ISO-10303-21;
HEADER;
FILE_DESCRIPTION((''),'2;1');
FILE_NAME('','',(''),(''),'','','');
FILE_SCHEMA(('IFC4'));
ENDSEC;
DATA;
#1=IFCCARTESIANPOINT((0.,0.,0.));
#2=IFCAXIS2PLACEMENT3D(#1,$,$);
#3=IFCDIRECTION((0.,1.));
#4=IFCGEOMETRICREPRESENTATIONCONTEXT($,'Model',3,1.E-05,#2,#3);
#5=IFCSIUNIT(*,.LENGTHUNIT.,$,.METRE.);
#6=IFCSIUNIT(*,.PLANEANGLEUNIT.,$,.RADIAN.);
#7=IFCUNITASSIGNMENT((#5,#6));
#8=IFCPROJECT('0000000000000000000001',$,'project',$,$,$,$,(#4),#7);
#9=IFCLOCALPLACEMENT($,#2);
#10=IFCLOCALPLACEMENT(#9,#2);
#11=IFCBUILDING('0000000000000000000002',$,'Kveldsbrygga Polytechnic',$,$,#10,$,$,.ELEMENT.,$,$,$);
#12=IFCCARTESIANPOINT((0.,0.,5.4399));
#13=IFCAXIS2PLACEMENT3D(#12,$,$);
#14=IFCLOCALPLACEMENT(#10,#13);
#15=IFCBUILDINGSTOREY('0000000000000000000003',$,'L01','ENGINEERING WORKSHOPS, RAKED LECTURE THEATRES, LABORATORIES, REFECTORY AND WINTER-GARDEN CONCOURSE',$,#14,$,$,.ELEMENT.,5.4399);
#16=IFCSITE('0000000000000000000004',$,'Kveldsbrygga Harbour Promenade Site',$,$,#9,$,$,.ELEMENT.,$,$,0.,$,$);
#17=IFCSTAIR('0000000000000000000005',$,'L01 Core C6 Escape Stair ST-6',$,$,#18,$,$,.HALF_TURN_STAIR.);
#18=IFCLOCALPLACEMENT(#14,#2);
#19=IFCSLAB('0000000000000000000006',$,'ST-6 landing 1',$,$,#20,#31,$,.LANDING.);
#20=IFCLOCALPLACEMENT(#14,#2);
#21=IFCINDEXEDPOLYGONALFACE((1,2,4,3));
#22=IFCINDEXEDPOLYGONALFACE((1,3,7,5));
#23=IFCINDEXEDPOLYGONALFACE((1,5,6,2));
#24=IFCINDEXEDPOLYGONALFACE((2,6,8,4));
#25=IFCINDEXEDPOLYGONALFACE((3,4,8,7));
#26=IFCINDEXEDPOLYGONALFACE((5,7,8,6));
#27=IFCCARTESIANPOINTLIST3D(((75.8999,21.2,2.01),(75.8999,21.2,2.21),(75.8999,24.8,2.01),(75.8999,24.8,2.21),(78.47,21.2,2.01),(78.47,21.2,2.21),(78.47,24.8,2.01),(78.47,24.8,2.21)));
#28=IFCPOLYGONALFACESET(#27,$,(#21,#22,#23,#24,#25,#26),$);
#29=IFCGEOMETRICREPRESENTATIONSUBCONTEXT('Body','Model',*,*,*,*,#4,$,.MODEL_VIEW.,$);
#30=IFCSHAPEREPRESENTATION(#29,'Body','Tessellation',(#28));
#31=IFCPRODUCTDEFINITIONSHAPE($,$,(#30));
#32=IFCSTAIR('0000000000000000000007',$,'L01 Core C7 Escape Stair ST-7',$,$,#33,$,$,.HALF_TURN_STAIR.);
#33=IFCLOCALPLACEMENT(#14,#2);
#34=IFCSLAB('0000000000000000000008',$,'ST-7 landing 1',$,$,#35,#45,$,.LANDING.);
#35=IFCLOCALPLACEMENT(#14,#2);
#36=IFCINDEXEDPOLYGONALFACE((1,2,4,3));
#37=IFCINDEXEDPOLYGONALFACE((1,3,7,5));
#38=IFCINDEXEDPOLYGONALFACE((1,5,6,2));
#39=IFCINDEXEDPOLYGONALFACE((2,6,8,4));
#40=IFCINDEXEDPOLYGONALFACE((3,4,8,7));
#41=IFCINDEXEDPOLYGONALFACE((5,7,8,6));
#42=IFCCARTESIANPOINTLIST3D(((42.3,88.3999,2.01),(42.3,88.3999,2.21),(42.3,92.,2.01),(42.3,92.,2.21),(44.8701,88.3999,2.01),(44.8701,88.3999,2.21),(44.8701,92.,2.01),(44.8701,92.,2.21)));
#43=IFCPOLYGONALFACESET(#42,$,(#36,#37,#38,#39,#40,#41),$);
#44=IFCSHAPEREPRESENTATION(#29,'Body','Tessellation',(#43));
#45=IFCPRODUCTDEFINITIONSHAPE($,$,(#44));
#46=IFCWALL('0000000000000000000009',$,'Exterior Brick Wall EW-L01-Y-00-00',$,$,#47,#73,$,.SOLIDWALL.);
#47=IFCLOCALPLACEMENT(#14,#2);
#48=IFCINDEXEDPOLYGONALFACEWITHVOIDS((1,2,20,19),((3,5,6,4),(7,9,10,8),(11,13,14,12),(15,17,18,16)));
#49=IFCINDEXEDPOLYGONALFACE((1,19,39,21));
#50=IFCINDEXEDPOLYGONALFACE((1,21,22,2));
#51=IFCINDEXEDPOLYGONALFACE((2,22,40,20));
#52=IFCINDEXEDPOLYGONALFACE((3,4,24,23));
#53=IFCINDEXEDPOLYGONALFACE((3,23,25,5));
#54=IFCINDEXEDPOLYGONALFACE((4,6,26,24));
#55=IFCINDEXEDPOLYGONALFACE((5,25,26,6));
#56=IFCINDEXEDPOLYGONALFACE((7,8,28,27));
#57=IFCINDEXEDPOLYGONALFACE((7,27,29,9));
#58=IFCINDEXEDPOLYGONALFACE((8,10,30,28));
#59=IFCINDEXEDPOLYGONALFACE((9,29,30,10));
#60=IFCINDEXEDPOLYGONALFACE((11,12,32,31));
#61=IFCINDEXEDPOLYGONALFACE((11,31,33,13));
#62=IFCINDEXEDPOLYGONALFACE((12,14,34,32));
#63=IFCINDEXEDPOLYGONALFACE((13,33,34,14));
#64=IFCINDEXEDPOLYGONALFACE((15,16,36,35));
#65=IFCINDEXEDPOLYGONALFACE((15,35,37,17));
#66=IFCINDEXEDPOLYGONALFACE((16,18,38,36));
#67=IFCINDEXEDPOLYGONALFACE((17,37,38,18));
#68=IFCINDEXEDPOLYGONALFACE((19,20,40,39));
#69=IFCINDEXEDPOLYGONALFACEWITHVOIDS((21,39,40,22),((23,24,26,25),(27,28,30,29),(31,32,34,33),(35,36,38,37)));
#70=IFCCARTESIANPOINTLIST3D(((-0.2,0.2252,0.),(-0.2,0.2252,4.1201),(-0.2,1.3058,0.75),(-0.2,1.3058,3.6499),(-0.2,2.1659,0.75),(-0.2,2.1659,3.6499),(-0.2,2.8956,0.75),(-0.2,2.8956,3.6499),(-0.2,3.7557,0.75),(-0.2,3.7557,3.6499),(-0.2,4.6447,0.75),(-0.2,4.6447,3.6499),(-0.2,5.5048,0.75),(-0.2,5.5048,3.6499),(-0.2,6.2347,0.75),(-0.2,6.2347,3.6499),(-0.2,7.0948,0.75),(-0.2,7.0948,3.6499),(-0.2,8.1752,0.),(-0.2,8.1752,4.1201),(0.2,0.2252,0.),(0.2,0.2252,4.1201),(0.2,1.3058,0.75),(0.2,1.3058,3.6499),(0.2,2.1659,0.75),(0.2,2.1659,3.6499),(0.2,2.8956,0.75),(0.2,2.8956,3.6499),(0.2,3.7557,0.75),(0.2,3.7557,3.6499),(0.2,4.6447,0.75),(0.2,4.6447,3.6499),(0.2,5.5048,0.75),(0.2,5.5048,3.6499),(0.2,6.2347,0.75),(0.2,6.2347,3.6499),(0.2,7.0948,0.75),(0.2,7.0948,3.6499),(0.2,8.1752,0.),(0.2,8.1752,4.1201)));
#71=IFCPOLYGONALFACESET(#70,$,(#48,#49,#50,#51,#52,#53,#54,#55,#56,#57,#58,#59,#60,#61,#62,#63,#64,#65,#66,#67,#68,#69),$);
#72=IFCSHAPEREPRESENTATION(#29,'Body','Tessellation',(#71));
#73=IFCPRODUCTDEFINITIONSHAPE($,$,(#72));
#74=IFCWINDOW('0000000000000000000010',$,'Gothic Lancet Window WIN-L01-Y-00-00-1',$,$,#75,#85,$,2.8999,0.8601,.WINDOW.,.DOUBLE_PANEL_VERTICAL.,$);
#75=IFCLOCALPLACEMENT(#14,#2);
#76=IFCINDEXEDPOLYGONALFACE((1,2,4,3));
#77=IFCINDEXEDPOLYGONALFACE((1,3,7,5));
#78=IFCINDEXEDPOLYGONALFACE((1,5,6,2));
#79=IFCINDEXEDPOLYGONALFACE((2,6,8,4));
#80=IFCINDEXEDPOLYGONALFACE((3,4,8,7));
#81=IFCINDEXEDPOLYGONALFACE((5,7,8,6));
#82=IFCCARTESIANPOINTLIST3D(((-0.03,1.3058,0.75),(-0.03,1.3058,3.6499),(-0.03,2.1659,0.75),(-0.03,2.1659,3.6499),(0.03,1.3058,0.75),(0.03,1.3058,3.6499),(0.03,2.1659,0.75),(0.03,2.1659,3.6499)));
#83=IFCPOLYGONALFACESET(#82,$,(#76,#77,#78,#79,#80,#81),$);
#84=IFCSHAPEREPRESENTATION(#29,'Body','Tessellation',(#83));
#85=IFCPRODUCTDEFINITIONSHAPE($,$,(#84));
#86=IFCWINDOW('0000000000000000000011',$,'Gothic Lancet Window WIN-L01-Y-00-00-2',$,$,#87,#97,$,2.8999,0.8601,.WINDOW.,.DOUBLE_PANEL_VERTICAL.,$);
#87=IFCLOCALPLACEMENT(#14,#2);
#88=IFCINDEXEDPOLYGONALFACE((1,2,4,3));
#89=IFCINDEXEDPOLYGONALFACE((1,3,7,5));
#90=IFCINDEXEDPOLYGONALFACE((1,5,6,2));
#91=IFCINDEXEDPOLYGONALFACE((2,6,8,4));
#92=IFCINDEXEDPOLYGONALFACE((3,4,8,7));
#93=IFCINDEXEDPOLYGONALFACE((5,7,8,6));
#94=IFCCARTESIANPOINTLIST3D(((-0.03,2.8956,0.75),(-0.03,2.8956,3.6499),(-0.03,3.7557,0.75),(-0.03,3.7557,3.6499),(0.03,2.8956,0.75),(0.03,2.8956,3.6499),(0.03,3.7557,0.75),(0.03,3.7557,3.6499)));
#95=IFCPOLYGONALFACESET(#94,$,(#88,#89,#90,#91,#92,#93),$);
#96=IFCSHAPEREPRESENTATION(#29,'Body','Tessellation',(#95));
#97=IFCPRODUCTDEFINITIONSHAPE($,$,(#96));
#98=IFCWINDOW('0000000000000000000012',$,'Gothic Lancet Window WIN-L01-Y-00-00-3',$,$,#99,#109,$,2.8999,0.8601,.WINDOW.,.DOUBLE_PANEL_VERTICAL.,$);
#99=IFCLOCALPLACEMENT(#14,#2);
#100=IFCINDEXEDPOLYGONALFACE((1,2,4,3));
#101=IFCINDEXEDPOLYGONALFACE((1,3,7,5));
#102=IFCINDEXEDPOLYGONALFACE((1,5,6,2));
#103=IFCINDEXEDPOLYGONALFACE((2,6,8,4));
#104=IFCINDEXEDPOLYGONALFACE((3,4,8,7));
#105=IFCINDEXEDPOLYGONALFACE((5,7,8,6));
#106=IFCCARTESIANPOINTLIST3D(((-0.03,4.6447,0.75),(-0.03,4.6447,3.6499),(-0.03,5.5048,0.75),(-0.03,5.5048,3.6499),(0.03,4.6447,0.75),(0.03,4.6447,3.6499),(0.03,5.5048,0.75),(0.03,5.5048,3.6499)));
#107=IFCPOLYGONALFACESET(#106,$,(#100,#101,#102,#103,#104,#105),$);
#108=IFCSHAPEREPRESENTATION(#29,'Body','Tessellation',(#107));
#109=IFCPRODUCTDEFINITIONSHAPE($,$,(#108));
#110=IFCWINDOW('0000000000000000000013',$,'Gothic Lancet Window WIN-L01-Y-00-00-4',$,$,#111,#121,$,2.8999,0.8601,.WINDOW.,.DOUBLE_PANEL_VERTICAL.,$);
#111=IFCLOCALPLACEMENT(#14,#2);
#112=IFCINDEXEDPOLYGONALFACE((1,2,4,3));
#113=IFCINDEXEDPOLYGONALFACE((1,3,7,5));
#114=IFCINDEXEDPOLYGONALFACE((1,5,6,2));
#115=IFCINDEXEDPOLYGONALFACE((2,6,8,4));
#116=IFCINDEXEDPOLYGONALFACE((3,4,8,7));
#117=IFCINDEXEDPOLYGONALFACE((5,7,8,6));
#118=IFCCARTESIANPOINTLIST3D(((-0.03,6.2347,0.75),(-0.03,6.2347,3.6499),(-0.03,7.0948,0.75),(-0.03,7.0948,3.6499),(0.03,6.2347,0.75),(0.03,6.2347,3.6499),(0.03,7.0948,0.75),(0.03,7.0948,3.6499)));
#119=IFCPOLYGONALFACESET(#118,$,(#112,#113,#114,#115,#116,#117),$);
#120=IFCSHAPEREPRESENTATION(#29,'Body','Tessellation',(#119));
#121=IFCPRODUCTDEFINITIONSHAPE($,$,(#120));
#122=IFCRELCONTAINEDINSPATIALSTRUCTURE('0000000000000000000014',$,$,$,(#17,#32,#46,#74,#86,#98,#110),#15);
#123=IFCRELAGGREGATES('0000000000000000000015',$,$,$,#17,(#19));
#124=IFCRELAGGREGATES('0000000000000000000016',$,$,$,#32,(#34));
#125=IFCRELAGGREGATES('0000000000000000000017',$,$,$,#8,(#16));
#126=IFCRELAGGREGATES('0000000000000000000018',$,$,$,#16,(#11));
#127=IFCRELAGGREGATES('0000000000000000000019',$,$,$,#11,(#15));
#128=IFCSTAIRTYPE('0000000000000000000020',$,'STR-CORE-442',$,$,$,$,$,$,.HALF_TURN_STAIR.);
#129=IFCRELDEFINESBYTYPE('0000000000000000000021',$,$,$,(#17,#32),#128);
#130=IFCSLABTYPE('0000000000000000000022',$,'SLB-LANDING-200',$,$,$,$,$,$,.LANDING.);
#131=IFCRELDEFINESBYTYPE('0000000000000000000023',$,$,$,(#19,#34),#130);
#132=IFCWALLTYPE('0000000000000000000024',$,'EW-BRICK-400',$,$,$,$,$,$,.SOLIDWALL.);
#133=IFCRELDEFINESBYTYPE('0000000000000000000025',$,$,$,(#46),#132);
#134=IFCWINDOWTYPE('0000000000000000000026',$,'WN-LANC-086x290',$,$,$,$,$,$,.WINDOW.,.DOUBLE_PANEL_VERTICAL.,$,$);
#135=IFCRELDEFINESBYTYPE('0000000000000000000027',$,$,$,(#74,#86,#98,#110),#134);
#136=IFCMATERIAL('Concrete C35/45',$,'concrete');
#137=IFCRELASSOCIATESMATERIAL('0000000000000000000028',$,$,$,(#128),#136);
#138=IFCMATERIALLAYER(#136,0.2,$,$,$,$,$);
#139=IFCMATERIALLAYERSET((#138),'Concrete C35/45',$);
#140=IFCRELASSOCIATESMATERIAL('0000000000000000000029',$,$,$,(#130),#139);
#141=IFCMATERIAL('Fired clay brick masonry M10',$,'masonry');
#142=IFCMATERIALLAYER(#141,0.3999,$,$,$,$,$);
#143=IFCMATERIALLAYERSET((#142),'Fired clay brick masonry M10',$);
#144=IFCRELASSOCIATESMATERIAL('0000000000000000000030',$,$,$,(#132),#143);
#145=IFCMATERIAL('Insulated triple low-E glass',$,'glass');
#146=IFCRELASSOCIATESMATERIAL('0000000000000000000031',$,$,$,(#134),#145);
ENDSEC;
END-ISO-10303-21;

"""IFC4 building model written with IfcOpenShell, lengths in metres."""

from ifc_helpers import new_model, si_unit, direction, frame, frame_2d, origin, place, context, subcontext, project, spatial, polyline, rectangle, outline, extrude, material, layer, layer_set, type_object, element, fill, aggregate, save


model = new_model("IFC4")

# Units and contexts
model_context = context("Model", 3, precision=1e-05, world=origin(), true_north=direction((0.0, 1.0)))
body_context = subcontext(model_context, "Body", "Model", "MODEL_VIEW")
ifc_project = project(units=[si_unit("LENGTHUNIT", "METRE"), si_unit("PLANEANGLEUNIT", "RADIAN")], contexts=[model_context])

# Site, building, storey
site_placement = place(None, origin())
site = spatial("IfcSite", under=ifc_project, at=site_placement, Name="Kveldsbrygga Harbour Promenade Site", CompositionType="ELEMENT", RefElevation=0.0)
building_placement = place(site_placement, origin())
building = spatial("IfcBuilding", under=site, at=building_placement, Name="Kveldsbrygga Polytechnic", CompositionType="ELEMENT")
storey_placement = place(building_placement, frame((0.0, 0.0, 5.4399)))
storey = spatial("IfcBuildingStorey", under=building, at=storey_placement, Name="L01", Description="ENGINEERING WORKSHOPS, RAKED LECTURE THEATRES, LABORATORIES, REFECTORY AND WINTER-GARDEN CONCOURSE", CompositionType="ELEMENT", Elevation=5.4399)

# Stairs, slabs
ifc_material_1 = material(Name="Concrete C35/45", Category="concrete")
stair_type = type_object("IfcStairType", Name="STR-CORE-442", PredefinedType="HALF_TURN_STAIR", material=ifc_material_1)
ifc_layer_1 = layer(ifc_material_1, 0.2)
ifc_layer_set_1 = layer_set([ifc_layer_1], Name="Concrete C35/45")
slab_type = type_object("IfcSlabType", Name="SLB-LANDING-200", PredefinedType="LANDING", material=ifc_layer_set_1)
stair_1_placement = place(storey_placement, origin())
stair_1 = element("IfcStair", 1, at=stair_1_placement, inside=storey, type_object=stair_type, Name="L01 Core C6 Escape Stair ST-6", PredefinedType="HALF_TURN_STAIR")
slab_1_placement = place(storey_placement, frame((0.0, 0.0, 2.01)))
slab_1 = element("IfcSlab", 2, at=slab_1_placement, type_object=slab_type, Name="ST-6 landing 1", PredefinedType="LANDING", context=body_context, shape_type="SweptSolid", body=[
    extrude(outline(polyline([(78.47, 24.8), (75.8999, 24.8), (75.8999, 21.2), (78.47, 21.2), (78.47, 24.8)])), origin(), (0.0, 0.0, 1.0), 0.2),
])
aggregate(stair_1, [slab_1])
stair_2_placement = place(storey_placement, origin())
stair_2 = element("IfcStair", 3, at=stair_2_placement, inside=storey, type_object=stair_type, Name="L01 Core C7 Escape Stair ST-7", PredefinedType="HALF_TURN_STAIR")
slab_2_placement = place(storey_placement, frame((0.0, 0.0, 2.01)))
slab_2 = element("IfcSlab", 4, at=slab_2_placement, type_object=slab_type, Name="ST-7 landing 1", PredefinedType="LANDING", context=body_context, shape_type="SweptSolid", body=[
    extrude(outline(polyline([(44.8701, 92.0), (42.3, 92.0), (42.3, 88.3999), (44.8701, 88.3999), (44.8701, 92.0)])), origin(), (0.0, 0.0, 1.0), 0.2),
])
aggregate(stair_2, [slab_2])

# Wall, openings, windows
ifc_material_2 = material(Name="Fired clay brick masonry M10", Category="masonry")
ifc_layer_2 = layer(ifc_material_2, 0.3999)
ifc_layer_set_2 = layer_set([ifc_layer_2], Name="Fired clay brick masonry M10")
wall_type = type_object("IfcWallType", Name="EW-BRICK-400", PredefinedType="SOLIDWALL", material=ifc_layer_set_2)
wall_placement = place(storey_placement, frame((0.0, 0.2251, 0.0), z_axis=(0.0, 0.0, 1.0), x_axis=(0.0, 1.0, 0.0)))
wall = element("IfcWall", 5, at=wall_placement, inside=storey, type_object=wall_type, Name="Exterior Brick Wall EW-L01-Y-00-00", PredefinedType="SOLIDWALL", context=body_context, shape_type="SweptSolid", body=[
    extrude(rectangle(XDim=7.95, YDim=0.3999, at=frame_2d((3.9751, 0.0))), origin(), (0.0, 0.0, 1.0), 4.1201),
])
opening_1_placement = place(wall_placement, frame((1.0806, 0.0, 0.75)))
opening_1 = element("IfcOpeningElement", 6, at=opening_1_placement, cuts=wall, PredefinedType="OPENING", context=body_context, shape_type="SweptSolid", body=[
    extrude(rectangle(XDim=0.8601, YDim=2.8999, at=frame_2d((0.4302, 1.45))), frame((0.0, 0.21, 0.0), z_axis=(0.0, -1.0, 0.0), x_axis=(1.0, 0.0, 0.0)), (0.0, 0.0, 1.0), 0.4199),
])
opening_2_placement = place(wall_placement, frame((2.6704, 0.0, 0.75)))
opening_2 = element("IfcOpeningElement", 7, at=opening_2_placement, cuts=wall, PredefinedType="OPENING", context=body_context, shape_type="SweptSolid", body=[
    extrude(rectangle(XDim=0.8601, YDim=2.8999, at=frame_2d((0.4302, 1.45))), frame((0.0, 0.21, 0.0), z_axis=(0.0, -1.0, 0.0), x_axis=(1.0, 0.0, 0.0)), (0.0, 0.0, 1.0), 0.4199),
])
opening_3_placement = place(wall_placement, frame((4.4194, 0.0, 0.75)))
opening_3 = element("IfcOpeningElement", 8, at=opening_3_placement, cuts=wall, PredefinedType="OPENING", context=body_context, shape_type="SweptSolid", body=[
    extrude(rectangle(XDim=0.8601, YDim=2.8999, at=frame_2d((0.4302, 1.45))), frame((0.0, 0.21, 0.0), z_axis=(0.0, -1.0, 0.0), x_axis=(1.0, 0.0, 0.0)), (0.0, 0.0, 1.0), 0.4199),
])
opening_4_placement = place(wall_placement, frame((6.0095, 0.0, 0.75)))
opening_4 = element("IfcOpeningElement", 9, at=opening_4_placement, cuts=wall, PredefinedType="OPENING", context=body_context, shape_type="SweptSolid", body=[
    extrude(rectangle(XDim=0.8601, YDim=2.8999, at=frame_2d((0.4302, 1.45))), frame((0.0, 0.21, 0.0), z_axis=(0.0, -1.0, 0.0), x_axis=(1.0, 0.0, 0.0)), (0.0, 0.0, 1.0), 0.4199),
])
ifc_material_3 = material(Name="Insulated triple low-E glass", Category="glass")
window_type = type_object("IfcWindowType", Name="WN-LANC-086x290", PartitioningType="DOUBLE_PANEL_VERTICAL", PredefinedType="WINDOW", material=ifc_material_3)
window_1_placement = place(opening_1_placement, origin())
window_1 = element("IfcWindow", 10, at=window_1_placement, inside=storey, type_object=window_type, Name="Gothic Lancet Window WIN-L01-Y-00-00-1", OverallHeight=2.8999, OverallWidth=0.8601, PartitioningType="DOUBLE_PANEL_VERTICAL", PredefinedType="WINDOW", context=body_context, shape_type="SweptSolid", body=[
    extrude(rectangle(XDim=0.8601, YDim=2.8999, at=frame_2d((0.4302, 1.45))), frame((0.0, 0.03, 0.0), z_axis=(0.0, -1.0, 0.0), x_axis=(1.0, 0.0, 0.0)), (0.0, 0.0, 1.0), 0.0601),
])
fill(opening_1, window_1)
window_2_placement = place(opening_2_placement, origin())
window_2 = element("IfcWindow", 11, at=window_2_placement, inside=storey, type_object=window_type, Name="Gothic Lancet Window WIN-L01-Y-00-00-2", OverallHeight=2.8999, OverallWidth=0.8601, PartitioningType="DOUBLE_PANEL_VERTICAL", PredefinedType="WINDOW", context=body_context, shape_type="SweptSolid", body=[
    extrude(rectangle(XDim=0.8601, YDim=2.8999, at=frame_2d((0.4302, 1.45))), frame((0.0, 0.03, 0.0), z_axis=(0.0, -1.0, 0.0), x_axis=(1.0, 0.0, 0.0)), (0.0, 0.0, 1.0), 0.0601),
])
fill(opening_2, window_2)
window_3_placement = place(opening_3_placement, origin())
window_3 = element("IfcWindow", 12, at=window_3_placement, inside=storey, type_object=window_type, Name="Gothic Lancet Window WIN-L01-Y-00-00-3", OverallHeight=2.8999, OverallWidth=0.8601, PartitioningType="DOUBLE_PANEL_VERTICAL", PredefinedType="WINDOW", context=body_context, shape_type="SweptSolid", body=[
    extrude(rectangle(XDim=0.8601, YDim=2.8999, at=frame_2d((0.4302, 1.45))), frame((0.0, 0.03, 0.0), z_axis=(0.0, -1.0, 0.0), x_axis=(1.0, 0.0, 0.0)), (0.0, 0.0, 1.0), 0.0601),
])
fill(opening_3, window_3)
window_4_placement = place(opening_4_placement, origin())
window_4 = element("IfcWindow", 13, at=window_4_placement, inside=storey, type_object=window_type, Name="Gothic Lancet Window WIN-L01-Y-00-00-4", OverallHeight=2.8999, OverallWidth=0.8601, PartitioningType="DOUBLE_PANEL_VERTICAL", PredefinedType="WINDOW", context=body_context, shape_type="SweptSolid", body=[
    extrude(rectangle(XDim=0.8601, YDim=2.8999, at=frame_2d((0.4302, 1.45))), frame((0.0, 0.03, 0.0), z_axis=(0.0, -1.0, 0.0), x_axis=(1.0, 0.0, 0.0)), (0.0, 0.0, 1.0), 0.0601),
])
fill(opening_4, window_4)

save(model, "model.ifc")
